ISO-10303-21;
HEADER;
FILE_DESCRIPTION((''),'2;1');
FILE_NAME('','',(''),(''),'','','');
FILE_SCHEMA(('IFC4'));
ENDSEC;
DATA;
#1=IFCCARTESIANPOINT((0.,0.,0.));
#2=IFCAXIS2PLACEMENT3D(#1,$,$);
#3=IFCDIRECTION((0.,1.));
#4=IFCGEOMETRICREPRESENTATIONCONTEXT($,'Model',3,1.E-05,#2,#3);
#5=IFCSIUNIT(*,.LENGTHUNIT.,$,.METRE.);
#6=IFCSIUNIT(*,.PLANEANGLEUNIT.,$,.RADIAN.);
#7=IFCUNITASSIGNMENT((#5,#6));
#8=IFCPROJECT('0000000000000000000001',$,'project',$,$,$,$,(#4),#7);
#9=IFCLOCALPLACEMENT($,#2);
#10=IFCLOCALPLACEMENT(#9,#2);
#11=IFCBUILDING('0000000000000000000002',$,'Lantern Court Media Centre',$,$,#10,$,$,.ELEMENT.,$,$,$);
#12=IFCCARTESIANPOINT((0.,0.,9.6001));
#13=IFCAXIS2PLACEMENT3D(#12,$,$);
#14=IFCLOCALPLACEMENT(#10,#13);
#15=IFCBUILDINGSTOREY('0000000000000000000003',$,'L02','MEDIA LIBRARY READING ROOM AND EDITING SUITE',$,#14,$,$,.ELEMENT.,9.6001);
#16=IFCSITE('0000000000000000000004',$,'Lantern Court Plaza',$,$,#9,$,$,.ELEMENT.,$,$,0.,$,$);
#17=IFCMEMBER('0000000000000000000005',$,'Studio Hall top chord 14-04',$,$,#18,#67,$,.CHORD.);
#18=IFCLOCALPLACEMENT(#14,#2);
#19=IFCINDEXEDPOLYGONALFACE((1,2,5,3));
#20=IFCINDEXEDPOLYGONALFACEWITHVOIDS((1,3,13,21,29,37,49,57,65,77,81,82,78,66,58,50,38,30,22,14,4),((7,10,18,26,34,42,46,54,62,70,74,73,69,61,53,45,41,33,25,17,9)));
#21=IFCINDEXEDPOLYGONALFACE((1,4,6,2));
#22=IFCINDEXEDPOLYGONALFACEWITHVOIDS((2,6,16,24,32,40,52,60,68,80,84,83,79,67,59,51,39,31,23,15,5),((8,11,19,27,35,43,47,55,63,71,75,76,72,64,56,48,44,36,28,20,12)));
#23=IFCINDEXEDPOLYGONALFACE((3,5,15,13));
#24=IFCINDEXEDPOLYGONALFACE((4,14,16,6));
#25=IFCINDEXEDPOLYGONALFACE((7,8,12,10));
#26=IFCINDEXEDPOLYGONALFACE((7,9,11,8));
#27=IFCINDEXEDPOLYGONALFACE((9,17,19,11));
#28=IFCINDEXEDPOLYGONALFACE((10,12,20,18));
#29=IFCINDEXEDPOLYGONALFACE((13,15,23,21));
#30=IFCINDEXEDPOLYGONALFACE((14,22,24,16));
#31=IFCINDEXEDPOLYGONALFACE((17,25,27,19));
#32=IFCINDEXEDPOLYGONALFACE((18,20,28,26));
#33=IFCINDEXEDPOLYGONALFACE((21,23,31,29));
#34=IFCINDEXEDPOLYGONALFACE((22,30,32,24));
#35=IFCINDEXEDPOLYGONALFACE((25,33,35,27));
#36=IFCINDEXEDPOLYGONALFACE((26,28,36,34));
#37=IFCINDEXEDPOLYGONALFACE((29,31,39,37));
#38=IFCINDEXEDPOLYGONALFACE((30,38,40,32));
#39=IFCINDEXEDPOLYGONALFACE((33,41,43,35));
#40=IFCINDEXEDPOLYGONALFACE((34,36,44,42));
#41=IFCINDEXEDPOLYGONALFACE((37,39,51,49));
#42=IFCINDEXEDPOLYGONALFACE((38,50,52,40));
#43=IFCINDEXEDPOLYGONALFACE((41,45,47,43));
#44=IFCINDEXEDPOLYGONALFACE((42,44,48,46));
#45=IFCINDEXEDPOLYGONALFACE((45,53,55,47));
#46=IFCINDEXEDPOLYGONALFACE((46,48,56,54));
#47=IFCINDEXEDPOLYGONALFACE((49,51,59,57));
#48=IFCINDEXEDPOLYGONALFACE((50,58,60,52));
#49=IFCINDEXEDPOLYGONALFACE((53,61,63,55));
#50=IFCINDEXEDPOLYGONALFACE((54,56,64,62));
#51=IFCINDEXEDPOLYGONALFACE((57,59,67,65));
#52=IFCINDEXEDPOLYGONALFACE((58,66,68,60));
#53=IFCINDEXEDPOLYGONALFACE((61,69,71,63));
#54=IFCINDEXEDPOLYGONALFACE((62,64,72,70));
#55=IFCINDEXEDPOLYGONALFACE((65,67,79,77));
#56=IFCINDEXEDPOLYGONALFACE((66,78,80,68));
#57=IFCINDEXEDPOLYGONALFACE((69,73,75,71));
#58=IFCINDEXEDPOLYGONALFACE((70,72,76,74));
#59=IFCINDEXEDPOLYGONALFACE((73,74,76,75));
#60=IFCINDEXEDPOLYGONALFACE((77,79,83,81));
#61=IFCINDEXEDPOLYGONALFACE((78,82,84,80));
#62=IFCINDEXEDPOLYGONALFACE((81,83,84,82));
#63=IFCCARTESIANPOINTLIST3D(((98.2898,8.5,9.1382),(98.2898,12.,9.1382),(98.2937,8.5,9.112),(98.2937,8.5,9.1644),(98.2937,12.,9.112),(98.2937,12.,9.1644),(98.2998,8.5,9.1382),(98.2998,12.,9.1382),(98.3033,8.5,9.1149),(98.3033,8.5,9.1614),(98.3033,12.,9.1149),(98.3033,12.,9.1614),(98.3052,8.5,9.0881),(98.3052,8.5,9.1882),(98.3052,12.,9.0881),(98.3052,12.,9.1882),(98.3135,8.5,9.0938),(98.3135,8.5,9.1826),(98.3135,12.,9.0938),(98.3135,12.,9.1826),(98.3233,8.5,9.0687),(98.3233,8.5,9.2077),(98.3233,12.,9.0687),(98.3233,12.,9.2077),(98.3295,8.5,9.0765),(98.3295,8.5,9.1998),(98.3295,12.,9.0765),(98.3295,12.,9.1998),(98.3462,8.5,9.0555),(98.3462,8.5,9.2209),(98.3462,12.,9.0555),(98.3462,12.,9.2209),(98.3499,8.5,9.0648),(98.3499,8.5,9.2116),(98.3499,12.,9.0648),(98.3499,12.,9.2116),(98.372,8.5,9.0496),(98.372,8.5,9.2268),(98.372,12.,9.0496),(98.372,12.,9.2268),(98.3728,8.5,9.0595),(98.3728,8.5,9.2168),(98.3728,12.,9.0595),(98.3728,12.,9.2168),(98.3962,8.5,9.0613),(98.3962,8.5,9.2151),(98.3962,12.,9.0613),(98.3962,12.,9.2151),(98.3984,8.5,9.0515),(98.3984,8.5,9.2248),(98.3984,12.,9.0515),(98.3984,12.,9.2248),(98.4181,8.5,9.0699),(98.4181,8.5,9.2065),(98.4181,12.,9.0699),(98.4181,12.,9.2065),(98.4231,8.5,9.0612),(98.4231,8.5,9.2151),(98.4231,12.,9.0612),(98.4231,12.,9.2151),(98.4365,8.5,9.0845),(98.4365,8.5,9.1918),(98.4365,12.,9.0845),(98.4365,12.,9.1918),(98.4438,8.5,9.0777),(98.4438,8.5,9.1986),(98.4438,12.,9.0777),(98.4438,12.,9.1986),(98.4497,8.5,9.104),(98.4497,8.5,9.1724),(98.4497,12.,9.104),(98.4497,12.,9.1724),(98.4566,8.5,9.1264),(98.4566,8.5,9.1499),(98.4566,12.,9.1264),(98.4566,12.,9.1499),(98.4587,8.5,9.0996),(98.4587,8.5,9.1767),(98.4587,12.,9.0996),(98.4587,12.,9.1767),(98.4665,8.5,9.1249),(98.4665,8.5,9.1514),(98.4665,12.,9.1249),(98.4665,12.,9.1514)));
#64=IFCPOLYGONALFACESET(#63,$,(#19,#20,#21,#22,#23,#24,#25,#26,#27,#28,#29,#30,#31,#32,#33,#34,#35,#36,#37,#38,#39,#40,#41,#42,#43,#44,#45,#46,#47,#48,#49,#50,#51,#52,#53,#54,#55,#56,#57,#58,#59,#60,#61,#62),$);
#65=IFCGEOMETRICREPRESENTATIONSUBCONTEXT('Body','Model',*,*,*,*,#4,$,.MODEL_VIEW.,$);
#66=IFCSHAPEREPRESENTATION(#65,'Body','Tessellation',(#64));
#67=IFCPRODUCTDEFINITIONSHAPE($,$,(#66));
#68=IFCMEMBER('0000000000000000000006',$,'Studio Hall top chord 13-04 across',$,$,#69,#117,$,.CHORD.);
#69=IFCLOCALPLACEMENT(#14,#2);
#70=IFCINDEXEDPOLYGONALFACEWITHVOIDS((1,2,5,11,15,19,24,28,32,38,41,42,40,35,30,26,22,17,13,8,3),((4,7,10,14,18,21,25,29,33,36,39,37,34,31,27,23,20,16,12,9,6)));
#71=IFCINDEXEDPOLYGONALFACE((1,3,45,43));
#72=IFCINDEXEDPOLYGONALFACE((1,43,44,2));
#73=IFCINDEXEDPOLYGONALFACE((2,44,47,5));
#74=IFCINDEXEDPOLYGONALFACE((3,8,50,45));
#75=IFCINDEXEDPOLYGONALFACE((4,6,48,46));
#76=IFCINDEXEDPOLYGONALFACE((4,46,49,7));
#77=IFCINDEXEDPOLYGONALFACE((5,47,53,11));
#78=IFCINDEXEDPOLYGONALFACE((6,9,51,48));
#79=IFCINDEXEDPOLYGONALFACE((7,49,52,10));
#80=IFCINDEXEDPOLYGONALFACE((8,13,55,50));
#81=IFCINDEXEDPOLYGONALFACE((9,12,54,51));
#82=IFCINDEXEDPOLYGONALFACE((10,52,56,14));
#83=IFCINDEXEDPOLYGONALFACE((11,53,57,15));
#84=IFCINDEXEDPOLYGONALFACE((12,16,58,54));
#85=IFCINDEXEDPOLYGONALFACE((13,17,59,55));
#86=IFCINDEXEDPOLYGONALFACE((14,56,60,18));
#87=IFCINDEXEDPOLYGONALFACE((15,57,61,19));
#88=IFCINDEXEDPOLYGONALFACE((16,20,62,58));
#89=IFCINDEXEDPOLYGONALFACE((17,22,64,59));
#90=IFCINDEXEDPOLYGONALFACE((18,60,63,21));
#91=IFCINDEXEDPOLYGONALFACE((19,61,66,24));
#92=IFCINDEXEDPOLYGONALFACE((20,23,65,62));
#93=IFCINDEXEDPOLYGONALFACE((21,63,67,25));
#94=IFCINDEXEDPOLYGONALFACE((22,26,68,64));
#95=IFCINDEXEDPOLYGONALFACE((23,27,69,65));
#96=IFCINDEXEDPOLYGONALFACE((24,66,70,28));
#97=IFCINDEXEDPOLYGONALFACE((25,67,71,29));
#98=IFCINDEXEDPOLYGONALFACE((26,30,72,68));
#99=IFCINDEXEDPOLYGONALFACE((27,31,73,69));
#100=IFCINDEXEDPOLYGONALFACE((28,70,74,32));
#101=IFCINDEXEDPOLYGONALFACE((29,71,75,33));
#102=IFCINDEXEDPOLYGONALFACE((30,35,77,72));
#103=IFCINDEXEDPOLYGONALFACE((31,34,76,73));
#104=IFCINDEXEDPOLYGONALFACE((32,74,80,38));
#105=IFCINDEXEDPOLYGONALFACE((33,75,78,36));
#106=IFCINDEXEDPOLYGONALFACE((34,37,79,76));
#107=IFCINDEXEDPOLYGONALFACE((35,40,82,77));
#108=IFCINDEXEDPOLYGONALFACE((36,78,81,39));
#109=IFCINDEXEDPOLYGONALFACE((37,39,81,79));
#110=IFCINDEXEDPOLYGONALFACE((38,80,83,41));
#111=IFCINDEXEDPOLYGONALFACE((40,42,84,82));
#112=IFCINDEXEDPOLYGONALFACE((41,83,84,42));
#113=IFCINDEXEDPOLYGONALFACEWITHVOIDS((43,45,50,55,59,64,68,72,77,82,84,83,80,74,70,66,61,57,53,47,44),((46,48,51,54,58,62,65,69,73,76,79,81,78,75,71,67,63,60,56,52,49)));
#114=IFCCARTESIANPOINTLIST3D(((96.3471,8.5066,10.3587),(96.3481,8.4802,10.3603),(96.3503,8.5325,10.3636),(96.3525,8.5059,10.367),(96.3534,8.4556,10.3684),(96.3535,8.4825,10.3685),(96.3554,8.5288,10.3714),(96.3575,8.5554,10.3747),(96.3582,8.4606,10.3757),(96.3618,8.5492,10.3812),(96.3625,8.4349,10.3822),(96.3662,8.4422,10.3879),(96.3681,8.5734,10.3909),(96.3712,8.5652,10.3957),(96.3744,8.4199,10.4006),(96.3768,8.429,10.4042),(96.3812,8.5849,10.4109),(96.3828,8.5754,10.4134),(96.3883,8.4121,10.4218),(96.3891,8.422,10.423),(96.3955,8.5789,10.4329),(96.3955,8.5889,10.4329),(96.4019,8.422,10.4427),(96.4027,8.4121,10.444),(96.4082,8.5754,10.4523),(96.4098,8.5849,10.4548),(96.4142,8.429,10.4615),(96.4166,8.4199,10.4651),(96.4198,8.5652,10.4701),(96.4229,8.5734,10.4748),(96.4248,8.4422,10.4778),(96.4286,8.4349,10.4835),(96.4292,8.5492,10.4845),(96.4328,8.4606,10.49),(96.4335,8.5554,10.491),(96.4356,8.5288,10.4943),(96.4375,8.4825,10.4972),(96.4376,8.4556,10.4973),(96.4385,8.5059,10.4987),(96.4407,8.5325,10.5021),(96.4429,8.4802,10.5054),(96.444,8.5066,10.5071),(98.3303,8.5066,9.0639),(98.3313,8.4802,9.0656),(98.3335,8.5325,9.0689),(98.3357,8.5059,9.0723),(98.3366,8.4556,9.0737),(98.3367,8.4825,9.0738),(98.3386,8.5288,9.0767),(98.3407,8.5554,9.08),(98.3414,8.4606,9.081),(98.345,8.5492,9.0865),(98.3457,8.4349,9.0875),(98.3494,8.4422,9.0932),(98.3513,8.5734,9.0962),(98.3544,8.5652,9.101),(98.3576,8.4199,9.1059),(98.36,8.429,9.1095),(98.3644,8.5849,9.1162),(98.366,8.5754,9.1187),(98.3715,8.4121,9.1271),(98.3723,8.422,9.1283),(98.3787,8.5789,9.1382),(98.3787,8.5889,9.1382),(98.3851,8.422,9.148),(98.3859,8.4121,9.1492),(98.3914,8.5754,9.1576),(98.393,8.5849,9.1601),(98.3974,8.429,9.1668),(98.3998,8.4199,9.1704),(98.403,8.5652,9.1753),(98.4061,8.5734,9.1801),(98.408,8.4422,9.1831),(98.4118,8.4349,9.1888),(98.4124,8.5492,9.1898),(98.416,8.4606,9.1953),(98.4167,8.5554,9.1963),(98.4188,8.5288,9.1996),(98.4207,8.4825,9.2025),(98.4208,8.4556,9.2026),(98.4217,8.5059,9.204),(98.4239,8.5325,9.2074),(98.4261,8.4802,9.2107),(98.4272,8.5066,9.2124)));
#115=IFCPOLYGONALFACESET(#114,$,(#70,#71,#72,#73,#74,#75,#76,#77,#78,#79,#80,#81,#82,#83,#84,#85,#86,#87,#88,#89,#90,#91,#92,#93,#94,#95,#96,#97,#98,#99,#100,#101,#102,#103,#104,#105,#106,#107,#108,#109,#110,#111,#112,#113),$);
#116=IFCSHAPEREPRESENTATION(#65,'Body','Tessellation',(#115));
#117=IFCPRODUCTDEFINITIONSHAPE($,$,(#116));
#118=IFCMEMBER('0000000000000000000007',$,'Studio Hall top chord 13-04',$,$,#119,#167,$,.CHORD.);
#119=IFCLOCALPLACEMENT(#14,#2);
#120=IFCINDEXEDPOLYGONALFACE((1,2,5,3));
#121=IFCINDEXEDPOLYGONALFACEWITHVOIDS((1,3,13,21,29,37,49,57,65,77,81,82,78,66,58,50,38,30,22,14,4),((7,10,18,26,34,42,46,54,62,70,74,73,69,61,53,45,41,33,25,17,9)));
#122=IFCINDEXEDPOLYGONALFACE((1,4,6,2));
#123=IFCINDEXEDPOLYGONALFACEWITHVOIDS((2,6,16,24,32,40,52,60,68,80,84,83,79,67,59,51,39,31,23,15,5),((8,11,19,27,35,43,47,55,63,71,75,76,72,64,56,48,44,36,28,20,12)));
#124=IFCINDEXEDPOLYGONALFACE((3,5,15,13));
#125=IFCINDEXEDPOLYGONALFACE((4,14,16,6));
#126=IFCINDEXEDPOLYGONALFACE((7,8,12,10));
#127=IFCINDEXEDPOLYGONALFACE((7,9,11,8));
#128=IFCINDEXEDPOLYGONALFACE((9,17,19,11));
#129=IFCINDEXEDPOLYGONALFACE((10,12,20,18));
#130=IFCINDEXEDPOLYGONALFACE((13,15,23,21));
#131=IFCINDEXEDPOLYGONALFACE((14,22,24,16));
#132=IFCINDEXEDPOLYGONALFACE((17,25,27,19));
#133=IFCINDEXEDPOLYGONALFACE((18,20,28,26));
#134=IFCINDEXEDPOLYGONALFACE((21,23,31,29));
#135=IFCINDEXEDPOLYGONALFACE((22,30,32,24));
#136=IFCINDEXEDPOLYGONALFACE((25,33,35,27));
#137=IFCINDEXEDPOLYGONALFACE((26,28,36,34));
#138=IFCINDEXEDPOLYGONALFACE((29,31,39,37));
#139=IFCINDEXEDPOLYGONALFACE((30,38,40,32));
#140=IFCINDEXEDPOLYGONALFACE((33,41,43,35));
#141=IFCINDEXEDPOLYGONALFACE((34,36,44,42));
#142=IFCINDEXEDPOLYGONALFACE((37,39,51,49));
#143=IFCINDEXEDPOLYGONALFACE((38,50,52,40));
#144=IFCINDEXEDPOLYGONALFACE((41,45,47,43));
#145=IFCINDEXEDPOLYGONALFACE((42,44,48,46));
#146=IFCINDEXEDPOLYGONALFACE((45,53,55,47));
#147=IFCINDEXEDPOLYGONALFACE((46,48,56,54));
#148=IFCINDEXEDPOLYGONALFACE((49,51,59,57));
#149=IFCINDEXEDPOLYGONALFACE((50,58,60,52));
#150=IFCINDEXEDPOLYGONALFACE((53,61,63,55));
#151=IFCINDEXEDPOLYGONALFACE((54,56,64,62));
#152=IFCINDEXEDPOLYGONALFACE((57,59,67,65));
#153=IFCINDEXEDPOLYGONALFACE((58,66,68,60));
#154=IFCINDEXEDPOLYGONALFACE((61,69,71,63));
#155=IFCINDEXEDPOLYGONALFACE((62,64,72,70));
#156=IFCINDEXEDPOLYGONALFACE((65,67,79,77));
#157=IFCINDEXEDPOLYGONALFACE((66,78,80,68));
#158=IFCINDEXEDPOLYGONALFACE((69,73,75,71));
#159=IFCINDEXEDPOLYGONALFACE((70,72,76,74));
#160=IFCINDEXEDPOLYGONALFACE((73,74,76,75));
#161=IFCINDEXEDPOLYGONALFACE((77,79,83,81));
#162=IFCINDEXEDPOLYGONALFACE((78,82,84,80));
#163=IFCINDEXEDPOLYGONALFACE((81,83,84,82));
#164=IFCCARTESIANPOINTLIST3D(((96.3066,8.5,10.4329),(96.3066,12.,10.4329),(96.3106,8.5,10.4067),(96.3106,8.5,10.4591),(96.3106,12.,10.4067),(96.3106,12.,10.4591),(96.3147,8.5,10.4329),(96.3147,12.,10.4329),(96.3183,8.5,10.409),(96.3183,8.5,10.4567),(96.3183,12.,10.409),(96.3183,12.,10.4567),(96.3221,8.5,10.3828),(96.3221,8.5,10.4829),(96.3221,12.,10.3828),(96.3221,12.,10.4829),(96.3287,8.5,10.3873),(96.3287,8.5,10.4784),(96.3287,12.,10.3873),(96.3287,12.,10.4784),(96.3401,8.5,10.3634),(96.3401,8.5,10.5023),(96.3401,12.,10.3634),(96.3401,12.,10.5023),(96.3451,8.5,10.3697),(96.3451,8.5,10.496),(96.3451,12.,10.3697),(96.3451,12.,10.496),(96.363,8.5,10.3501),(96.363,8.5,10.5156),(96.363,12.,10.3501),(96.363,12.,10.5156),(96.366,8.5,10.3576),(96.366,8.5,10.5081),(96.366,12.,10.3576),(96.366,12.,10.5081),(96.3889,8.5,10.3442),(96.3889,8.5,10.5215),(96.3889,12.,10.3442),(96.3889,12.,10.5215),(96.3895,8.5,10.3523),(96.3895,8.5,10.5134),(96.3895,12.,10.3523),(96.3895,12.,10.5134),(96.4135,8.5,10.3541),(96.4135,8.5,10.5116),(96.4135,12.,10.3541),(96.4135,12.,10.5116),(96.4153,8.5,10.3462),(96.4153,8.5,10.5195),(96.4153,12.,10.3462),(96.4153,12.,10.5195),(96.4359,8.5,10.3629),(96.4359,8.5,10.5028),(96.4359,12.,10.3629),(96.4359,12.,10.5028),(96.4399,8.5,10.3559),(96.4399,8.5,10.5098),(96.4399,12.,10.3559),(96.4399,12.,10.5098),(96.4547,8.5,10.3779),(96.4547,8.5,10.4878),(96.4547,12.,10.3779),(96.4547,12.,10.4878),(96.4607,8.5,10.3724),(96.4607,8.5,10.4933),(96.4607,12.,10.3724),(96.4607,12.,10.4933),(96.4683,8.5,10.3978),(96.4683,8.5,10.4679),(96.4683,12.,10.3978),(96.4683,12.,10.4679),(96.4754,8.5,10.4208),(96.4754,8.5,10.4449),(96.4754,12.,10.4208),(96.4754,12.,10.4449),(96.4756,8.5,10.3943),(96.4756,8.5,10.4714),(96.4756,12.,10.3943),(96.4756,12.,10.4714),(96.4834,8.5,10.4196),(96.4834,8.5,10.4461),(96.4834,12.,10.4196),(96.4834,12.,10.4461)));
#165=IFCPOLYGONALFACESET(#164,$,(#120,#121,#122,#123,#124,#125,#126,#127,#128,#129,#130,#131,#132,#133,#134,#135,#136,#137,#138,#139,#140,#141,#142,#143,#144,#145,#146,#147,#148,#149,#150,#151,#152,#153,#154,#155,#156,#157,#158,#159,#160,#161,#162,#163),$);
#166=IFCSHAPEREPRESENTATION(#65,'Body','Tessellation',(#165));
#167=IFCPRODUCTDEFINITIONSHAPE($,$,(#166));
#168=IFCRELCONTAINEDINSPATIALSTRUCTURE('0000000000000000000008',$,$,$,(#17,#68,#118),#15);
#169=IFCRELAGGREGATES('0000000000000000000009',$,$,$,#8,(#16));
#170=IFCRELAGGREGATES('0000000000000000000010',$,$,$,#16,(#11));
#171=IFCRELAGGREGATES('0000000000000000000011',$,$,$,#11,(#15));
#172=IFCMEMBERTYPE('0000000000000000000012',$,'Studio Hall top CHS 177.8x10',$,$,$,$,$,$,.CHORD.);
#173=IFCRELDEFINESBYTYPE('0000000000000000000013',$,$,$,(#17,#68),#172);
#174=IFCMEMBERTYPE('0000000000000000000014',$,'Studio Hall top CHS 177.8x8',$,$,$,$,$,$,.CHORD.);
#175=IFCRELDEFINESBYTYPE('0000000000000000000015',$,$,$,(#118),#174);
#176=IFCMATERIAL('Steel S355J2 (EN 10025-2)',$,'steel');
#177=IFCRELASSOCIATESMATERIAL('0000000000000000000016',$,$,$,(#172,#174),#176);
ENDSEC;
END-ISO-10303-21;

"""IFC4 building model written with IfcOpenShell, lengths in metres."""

from ifc_helpers import new_model, si_unit, direction, frame, origin, origin_2d, place, context, subcontext, project, spatial, hollow_circle, extrude, material, material_profile, profile_set, type_object, element, save


model = new_model("IFC4")

# Units and contexts
model_context = context("Model", 3, precision=1e-05, world=origin(), true_north=direction((0.0, 1.0)))
body_context = subcontext(model_context, "Body", "Model", "MODEL_VIEW")
ifc_project = project(units=[si_unit("LENGTHUNIT", "METRE"), si_unit("PLANEANGLEUNIT", "RADIAN")], contexts=[model_context])

# Site, building, storey
site_placement = place(None, origin())
site = spatial("IfcSite", under=ifc_project, at=site_placement, Name="Lantern Court Plaza", CompositionType="ELEMENT", RefElevation=0.0)
building_placement = place(site_placement, origin())
building = spatial("IfcBuilding", under=site, at=building_placement, Name="Lantern Court Media Centre", CompositionType="ELEMENT")
storey_placement = place(building_placement, frame((0.0, 0.0, 9.6001)))
storey = spatial("IfcBuildingStorey", under=building, at=storey_placement, Name="L02", Description="MEDIA LIBRARY READING ROOM AND EDITING SUITE", CompositionType="ELEMENT", Elevation=9.6001)

# Members
ifc_material = material(Name="Steel S355J2 (EN 10025-2)", Category="steel")
ifc_material_profile_1 = material_profile(ifc_material, hollow_circle(Radius=0.0889, WallThickness=0.01, at=origin_2d()), Name="Studio Hall top CHS 177.8x10")
ifc_profile_set_1 = profile_set([ifc_material_profile_1], Name="Steel S355J2 (EN 10025-2)")
member_type_1 = type_object("IfcMemberType", Name="Studio Hall top CHS 177.8x10", PredefinedType="CHORD", material=ifc_profile_set_1)
member_1_placement = place(storey_placement, frame((98.3787, 8.5, 9.1382), z_axis=(0.0, 1.0, 0.0), x_axis=(-1.0, 0.0, 0.0)))
element("IfcMember", 1, at=member_1_placement, inside=storey, type_object=member_type_1, Name="Studio Hall top chord 14-04", PredefinedType="CHORD", context=body_context, shape_type="SweptSolid", body=[
    extrude(hollow_circle(Radius=0.0889, WallThickness=0.01, at=origin_2d()), origin(), (0.0, 0.0, 1.0), 3.5),
])
member_2_placement = place(storey_placement, frame((96.3955, 8.5, 10.4329), z_axis=(0.837356, 0.0, -0.546658), x_axis=(0.0, 1.0, 0.0)))
element("IfcMember", 2, at=member_2_placement, inside=storey, type_object=member_type_1, Name="Studio Hall top chord 13-04 across", PredefinedType="CHORD", context=body_context, shape_type="SweptSolid", body=[
    extrude(hollow_circle(Radius=0.0889, WallThickness=0.01, at=origin_2d()), origin(), (0.0, 0.0, 1.0), 2.3684),
])
ifc_material_profile_2 = material_profile(ifc_material, hollow_circle(Radius=0.0889, WallThickness=0.0081, at=origin_2d()), Name="Studio Hall top CHS 177.8x8")
ifc_profile_set_2 = profile_set([ifc_material_profile_2], Name="Steel S355J2 (EN 10025-2)")
member_type_2 = type_object("IfcMemberType", Name="Studio Hall top CHS 177.8x8", PredefinedType="CHORD", material=ifc_profile_set_2)
for number, where, z_axis, x_axis, name in (
    (3, (96.3955, 8.5, 10.4329), (0.0, 1.0, 0.0), (-1.0, 0.0, 0.0), "Studio Hall top chord 13-04"),
):
    element("IfcMember", number, at=place(storey_placement, frame(where, z_axis=z_axis, x_axis=x_axis)), inside=storey, type_object=member_type_2, Name=name, PredefinedType="CHORD", context=body_context, shape_type="SweptSolid", body=[
        extrude(hollow_circle(Radius=0.0889, WallThickness=0.0081, at=origin_2d()), origin(), (0.0, 0.0, 1.0), 3.5),
    ])

save(model, "model.ifc")
